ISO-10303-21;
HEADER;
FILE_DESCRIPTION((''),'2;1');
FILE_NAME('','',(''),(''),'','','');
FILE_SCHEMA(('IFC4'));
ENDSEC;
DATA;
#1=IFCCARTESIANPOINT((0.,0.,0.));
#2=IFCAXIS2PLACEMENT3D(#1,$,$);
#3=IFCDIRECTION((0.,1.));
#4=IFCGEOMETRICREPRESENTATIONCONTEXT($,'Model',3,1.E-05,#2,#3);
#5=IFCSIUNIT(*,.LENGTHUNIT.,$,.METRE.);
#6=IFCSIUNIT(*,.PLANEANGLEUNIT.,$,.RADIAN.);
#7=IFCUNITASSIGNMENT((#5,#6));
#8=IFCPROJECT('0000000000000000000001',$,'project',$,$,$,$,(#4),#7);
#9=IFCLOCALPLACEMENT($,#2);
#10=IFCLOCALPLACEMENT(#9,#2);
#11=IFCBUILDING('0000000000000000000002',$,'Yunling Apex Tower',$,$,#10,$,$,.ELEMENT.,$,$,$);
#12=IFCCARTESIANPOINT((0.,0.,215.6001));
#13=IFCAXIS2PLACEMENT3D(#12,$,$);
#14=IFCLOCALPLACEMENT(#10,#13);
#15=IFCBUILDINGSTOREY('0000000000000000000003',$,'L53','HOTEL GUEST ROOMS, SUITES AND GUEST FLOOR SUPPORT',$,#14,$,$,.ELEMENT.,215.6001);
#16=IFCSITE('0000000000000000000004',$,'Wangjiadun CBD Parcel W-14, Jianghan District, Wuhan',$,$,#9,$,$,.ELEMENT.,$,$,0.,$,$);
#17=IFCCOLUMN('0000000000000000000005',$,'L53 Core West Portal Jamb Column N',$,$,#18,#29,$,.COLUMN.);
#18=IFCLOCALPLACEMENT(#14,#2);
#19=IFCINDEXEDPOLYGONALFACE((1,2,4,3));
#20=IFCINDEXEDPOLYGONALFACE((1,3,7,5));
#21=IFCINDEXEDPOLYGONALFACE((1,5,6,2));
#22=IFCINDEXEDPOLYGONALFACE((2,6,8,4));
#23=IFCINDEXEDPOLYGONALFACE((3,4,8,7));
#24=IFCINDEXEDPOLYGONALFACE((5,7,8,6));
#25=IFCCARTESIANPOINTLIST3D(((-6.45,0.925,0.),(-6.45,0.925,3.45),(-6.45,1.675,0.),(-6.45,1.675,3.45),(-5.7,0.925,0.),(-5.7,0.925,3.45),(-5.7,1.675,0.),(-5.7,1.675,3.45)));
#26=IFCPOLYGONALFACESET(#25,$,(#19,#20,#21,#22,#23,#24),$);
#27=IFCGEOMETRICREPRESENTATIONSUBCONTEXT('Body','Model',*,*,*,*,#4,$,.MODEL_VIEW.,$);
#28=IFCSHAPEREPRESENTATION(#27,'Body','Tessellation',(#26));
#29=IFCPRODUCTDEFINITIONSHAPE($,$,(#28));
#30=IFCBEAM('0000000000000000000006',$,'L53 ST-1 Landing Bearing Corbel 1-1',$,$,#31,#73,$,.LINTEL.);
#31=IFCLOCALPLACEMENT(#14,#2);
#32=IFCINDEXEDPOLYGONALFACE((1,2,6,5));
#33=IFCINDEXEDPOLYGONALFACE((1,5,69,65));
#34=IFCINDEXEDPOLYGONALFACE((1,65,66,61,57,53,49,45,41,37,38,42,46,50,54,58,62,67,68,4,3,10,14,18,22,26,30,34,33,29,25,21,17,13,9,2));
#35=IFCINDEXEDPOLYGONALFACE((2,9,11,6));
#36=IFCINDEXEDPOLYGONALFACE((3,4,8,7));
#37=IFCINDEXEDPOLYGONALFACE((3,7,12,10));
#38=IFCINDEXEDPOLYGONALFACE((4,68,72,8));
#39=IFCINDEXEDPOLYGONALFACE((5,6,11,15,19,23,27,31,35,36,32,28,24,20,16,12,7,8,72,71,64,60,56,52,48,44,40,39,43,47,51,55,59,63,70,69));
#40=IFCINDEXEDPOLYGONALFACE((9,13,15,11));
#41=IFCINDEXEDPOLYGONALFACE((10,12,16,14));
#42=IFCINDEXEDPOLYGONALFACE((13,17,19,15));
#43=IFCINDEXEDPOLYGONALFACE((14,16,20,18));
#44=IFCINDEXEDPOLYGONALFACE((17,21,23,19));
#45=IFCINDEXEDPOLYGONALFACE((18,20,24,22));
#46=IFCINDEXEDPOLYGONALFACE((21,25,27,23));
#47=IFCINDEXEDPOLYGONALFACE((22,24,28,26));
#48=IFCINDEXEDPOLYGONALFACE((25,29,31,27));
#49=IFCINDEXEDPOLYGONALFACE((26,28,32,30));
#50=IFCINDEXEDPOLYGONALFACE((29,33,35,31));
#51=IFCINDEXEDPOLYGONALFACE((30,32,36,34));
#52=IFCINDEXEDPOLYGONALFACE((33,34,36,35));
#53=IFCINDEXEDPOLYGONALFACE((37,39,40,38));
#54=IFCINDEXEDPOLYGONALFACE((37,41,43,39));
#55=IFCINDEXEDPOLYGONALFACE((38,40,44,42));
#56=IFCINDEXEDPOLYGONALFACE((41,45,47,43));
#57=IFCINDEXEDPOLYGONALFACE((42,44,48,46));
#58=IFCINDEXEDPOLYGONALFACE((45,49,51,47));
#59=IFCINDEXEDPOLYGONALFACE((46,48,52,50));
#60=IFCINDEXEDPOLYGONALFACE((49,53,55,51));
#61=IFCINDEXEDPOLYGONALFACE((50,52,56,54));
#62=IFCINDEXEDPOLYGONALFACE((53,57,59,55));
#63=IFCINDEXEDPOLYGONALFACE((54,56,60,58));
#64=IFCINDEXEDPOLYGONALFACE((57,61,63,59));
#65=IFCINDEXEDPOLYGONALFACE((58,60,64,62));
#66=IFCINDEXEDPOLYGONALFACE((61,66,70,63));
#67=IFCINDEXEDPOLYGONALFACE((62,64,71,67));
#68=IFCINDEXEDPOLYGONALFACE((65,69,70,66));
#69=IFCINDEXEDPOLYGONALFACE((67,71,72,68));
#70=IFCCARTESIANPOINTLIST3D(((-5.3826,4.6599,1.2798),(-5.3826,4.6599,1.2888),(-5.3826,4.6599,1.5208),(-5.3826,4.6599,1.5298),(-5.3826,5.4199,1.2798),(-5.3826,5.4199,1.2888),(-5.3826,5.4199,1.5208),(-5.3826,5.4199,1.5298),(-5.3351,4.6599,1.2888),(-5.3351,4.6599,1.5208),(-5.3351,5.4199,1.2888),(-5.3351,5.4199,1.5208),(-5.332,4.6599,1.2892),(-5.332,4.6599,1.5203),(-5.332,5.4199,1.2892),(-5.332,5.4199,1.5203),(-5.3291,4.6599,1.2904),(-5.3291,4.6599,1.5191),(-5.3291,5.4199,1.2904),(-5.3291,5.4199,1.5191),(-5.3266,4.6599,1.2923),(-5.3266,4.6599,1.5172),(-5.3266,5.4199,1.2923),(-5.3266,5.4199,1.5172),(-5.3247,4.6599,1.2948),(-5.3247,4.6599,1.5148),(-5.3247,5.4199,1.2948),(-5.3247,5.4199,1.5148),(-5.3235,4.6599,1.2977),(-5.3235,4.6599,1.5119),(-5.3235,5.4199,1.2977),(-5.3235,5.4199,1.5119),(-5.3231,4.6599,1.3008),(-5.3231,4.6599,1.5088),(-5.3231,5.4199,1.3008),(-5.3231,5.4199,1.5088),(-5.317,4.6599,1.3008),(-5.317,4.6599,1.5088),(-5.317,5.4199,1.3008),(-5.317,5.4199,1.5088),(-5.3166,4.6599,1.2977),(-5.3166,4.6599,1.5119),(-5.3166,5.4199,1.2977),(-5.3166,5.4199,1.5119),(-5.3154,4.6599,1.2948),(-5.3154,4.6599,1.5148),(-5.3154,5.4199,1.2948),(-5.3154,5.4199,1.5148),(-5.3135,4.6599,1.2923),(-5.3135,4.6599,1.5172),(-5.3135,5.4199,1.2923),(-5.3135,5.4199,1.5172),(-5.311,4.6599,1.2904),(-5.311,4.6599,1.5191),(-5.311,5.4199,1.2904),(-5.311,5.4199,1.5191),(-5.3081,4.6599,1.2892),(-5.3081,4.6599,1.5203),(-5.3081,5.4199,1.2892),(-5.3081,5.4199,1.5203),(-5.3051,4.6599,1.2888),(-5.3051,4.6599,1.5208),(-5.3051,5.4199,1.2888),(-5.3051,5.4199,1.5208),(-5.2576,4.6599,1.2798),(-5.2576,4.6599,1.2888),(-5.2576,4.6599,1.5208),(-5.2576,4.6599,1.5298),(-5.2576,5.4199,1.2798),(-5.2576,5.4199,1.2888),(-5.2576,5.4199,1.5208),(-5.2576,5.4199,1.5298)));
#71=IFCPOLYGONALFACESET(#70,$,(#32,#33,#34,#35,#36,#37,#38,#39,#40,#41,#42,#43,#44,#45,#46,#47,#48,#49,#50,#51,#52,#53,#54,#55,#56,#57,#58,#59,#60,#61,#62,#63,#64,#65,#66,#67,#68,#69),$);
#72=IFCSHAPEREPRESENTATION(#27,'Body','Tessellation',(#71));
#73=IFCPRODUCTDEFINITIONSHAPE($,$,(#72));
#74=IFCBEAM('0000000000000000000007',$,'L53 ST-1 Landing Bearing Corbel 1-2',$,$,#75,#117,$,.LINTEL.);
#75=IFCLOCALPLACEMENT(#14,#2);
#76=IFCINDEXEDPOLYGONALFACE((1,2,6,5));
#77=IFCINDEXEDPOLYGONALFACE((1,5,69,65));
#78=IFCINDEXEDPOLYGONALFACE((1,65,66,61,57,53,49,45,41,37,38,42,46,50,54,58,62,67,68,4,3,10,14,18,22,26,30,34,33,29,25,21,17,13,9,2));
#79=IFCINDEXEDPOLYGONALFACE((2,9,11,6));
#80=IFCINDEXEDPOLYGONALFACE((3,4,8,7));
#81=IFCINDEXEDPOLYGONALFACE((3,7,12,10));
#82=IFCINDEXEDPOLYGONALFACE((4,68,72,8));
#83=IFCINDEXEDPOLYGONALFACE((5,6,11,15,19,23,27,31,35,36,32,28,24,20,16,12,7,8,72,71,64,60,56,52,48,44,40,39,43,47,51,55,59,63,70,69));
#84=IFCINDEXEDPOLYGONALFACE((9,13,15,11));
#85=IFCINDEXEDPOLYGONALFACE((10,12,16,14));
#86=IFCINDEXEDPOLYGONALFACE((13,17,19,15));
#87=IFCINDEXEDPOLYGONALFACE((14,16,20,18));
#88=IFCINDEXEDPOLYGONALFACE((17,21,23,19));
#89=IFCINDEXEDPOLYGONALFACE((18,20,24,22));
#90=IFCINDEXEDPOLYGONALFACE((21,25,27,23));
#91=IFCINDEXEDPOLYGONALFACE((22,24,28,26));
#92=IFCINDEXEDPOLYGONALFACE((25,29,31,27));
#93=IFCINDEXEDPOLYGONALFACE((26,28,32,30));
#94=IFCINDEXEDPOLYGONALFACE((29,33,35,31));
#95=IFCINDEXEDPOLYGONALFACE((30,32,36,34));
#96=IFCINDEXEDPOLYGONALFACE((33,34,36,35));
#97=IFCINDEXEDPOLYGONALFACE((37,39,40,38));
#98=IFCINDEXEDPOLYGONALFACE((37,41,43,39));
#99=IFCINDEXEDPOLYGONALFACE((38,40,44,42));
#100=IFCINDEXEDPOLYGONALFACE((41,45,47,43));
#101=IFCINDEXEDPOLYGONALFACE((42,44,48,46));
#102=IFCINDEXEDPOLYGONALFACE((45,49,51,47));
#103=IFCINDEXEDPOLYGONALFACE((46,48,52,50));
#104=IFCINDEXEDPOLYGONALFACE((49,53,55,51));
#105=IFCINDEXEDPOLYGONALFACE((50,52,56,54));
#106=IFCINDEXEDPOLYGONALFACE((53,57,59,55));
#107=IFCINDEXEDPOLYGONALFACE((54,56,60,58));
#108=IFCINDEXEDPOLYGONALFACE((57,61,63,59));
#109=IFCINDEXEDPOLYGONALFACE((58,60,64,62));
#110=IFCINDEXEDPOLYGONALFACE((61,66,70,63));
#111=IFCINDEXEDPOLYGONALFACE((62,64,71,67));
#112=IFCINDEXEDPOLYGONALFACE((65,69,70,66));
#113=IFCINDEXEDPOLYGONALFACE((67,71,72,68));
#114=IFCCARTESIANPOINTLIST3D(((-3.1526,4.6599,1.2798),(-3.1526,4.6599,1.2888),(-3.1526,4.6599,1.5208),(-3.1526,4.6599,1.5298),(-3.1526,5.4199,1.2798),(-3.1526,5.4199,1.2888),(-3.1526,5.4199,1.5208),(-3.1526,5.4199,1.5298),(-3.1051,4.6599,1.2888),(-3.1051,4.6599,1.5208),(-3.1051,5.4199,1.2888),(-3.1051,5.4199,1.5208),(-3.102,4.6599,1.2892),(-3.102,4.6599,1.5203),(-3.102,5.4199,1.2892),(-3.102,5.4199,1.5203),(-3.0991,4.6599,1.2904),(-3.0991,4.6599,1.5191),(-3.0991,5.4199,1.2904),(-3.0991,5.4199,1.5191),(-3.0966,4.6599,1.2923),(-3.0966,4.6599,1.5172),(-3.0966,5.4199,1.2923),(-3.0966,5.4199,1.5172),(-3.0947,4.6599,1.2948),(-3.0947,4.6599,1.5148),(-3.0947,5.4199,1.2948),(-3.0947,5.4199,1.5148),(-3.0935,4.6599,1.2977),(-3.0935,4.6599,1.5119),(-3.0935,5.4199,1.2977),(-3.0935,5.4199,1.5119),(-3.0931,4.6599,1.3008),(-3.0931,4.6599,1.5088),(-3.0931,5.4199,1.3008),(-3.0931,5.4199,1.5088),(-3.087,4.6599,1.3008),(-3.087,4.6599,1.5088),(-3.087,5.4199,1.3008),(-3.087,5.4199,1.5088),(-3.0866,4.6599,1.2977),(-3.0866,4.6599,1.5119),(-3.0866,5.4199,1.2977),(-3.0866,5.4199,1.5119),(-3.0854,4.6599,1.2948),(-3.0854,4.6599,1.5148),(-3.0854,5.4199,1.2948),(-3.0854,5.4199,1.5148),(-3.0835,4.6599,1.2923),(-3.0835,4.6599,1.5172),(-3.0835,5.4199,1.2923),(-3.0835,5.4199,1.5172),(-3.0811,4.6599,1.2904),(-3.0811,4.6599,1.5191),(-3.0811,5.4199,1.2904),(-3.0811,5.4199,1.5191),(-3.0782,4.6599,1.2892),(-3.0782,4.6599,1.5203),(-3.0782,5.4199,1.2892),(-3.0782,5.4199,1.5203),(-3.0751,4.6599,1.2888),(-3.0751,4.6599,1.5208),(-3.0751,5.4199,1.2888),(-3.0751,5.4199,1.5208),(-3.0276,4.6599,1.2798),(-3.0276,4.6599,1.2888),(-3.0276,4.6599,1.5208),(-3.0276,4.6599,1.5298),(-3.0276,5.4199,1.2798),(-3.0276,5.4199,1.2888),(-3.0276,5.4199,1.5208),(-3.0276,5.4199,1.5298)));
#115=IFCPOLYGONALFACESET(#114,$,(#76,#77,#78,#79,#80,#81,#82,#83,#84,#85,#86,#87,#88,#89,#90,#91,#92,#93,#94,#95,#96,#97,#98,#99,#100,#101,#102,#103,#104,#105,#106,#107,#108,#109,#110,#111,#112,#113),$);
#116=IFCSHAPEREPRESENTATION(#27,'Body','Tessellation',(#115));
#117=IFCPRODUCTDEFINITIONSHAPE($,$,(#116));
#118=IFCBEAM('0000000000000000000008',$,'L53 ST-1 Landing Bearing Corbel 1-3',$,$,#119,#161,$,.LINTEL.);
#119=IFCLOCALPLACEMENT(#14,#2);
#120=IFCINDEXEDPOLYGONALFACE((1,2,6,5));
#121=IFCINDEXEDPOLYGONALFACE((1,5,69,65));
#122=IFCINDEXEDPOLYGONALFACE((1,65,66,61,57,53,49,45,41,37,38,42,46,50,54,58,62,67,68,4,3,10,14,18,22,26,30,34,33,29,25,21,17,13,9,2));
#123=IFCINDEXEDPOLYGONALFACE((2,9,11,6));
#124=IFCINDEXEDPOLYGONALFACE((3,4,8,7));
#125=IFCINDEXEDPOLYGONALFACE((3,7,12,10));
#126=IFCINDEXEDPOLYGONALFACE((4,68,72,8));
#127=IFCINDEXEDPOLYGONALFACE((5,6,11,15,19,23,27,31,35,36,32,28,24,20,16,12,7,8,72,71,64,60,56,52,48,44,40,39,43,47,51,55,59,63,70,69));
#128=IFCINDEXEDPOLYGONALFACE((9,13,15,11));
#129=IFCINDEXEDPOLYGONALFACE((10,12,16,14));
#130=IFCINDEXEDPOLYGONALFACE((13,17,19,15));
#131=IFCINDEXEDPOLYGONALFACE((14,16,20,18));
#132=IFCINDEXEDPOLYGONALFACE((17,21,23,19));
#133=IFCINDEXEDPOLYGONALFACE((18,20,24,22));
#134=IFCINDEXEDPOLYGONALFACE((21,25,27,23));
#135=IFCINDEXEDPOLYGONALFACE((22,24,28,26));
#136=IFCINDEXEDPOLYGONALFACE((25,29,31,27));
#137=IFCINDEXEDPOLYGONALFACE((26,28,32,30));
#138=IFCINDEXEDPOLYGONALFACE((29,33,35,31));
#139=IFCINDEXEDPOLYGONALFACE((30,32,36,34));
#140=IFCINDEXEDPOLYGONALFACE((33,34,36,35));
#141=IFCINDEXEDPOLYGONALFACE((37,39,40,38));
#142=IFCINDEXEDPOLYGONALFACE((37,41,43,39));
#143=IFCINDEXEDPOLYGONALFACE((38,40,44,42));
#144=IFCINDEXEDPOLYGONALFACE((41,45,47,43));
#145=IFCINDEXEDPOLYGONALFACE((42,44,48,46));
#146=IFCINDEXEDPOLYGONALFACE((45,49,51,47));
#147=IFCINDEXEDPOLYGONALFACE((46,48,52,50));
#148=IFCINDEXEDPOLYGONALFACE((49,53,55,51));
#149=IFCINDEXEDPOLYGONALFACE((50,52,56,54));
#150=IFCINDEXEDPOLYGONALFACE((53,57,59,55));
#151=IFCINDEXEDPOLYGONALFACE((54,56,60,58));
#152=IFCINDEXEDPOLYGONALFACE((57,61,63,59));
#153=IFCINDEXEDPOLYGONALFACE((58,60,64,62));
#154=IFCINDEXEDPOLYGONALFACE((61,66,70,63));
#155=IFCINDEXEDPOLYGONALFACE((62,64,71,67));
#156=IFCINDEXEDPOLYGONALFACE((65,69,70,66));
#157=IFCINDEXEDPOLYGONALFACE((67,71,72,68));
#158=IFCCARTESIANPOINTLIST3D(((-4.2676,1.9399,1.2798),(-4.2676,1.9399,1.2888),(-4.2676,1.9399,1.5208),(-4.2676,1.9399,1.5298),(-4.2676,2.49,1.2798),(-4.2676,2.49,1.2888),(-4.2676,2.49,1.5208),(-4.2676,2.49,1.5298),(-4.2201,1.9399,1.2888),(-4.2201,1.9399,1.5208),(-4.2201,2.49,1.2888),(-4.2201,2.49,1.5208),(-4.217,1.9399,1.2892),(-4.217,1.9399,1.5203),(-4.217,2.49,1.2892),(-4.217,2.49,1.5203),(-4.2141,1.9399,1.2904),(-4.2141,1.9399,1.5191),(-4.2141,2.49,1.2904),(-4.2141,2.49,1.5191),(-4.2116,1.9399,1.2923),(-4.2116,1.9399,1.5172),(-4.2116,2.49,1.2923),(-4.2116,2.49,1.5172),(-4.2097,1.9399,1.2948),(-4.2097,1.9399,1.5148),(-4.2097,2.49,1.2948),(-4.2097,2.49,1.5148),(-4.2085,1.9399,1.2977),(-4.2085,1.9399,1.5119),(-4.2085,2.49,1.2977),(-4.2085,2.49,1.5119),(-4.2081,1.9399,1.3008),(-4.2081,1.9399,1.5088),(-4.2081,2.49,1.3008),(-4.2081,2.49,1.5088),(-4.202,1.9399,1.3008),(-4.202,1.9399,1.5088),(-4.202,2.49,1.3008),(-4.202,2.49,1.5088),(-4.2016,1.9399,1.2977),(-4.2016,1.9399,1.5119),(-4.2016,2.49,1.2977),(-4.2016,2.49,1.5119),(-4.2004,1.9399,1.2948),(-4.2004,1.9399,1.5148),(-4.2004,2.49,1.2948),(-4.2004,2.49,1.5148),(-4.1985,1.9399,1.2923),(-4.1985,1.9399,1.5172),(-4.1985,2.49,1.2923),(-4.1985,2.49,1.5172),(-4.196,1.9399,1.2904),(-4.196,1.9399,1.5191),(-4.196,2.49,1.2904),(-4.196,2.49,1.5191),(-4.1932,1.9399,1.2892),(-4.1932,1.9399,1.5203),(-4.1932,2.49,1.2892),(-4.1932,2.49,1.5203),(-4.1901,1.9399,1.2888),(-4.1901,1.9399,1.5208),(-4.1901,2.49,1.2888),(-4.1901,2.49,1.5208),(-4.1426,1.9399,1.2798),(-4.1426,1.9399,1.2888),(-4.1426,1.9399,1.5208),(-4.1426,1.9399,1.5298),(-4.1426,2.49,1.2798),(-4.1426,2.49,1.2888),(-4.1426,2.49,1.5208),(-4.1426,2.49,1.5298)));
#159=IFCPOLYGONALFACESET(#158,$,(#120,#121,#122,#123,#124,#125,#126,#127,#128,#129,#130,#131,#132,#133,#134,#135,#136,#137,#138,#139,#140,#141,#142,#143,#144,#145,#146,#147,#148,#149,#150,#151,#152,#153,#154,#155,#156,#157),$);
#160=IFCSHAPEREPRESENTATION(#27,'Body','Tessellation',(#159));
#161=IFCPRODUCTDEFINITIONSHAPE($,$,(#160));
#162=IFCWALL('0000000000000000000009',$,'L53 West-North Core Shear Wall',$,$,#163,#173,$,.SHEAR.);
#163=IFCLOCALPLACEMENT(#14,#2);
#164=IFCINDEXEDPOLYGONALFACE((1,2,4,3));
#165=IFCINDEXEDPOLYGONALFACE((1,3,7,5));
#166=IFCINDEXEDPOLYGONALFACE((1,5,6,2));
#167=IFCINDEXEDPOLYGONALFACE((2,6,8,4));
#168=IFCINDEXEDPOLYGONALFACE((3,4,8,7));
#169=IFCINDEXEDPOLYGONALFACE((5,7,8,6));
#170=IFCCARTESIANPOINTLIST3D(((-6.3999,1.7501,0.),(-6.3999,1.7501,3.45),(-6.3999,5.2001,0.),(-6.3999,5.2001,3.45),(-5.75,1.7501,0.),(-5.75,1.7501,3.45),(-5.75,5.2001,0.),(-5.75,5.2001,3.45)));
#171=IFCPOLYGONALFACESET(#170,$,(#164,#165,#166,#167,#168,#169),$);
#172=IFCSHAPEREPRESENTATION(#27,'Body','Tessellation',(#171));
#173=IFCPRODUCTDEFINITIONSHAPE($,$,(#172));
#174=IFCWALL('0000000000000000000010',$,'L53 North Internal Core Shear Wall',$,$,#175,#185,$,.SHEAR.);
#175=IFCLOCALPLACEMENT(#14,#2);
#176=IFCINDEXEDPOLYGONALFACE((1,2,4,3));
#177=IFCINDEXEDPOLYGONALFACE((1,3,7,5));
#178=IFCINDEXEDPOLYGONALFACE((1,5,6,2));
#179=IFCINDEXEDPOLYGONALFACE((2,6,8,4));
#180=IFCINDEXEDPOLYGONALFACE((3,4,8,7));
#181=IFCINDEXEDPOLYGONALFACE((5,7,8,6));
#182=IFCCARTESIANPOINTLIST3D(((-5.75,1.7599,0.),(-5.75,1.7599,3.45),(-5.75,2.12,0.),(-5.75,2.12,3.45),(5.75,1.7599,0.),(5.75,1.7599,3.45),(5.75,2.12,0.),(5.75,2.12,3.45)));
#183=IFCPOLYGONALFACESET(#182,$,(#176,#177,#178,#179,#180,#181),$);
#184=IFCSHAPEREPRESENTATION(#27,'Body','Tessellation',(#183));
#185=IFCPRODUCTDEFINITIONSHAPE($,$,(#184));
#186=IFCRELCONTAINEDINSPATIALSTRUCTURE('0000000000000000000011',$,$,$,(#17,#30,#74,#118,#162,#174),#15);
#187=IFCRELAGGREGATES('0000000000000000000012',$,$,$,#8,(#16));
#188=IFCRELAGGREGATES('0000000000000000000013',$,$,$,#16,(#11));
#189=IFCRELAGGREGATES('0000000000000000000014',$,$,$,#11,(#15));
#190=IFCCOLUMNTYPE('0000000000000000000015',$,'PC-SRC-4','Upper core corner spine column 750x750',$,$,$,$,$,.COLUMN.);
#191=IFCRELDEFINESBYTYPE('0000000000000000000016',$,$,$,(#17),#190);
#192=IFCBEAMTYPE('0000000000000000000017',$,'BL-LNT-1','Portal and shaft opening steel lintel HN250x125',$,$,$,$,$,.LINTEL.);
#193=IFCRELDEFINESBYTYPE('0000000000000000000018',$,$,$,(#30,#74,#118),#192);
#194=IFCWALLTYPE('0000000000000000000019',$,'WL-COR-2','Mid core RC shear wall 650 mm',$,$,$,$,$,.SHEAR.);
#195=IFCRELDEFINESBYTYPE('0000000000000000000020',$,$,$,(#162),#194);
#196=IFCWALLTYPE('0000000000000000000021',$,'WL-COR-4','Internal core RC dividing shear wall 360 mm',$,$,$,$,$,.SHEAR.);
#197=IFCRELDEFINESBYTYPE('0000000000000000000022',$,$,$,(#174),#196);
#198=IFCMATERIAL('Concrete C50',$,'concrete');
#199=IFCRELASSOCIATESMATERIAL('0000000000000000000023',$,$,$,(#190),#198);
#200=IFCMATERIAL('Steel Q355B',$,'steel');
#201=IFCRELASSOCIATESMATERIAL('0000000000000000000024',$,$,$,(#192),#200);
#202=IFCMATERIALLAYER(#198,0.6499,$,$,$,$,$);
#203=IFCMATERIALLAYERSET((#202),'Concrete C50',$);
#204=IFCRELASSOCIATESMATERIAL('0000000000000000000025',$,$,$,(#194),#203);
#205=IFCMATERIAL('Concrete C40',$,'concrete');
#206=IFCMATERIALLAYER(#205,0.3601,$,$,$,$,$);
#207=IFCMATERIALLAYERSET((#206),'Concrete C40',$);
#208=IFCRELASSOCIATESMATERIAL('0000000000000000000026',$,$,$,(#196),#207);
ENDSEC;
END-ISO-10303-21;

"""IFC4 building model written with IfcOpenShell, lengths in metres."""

from ifc_helpers import new_model, si_unit, direction, frame, frame_2d, origin, origin_2d, place, context, subcontext, project, spatial, rectangle, i_section, extrude, source, transform, mapped, material, layer, layer_set, material_profile, profile_set, type_object, element, save


model = new_model("IFC4")

# Units and contexts
model_context = context("Model", 3, precision=1e-05, world=origin(), true_north=direction((0.0, 1.0)))
body_context = subcontext(model_context, "Body", "Model", "MODEL_VIEW")
ifc_project = project(units=[si_unit("LENGTHUNIT", "METRE"), si_unit("PLANEANGLEUNIT", "RADIAN")], contexts=[model_context])

# Site, building, storey
site_placement = place(None, origin())
site = spatial("IfcSite", under=ifc_project, at=site_placement, Name="Wangjiadun CBD Parcel W-14, Jianghan District, Wuhan", CompositionType="ELEMENT", RefElevation=0.0)
building_placement = place(site_placement, origin())
building = spatial("IfcBuilding", under=site, at=building_placement, Name="Yunling Apex Tower", CompositionType="ELEMENT")
storey_placement = place(building_placement, frame((0.0, 0.0, 215.6001)))
storey = spatial("IfcBuildingStorey", under=building, at=storey_placement, Name="L53", Description="HOTEL GUEST ROOMS, SUITES AND GUEST FLOOR SUPPORT", CompositionType="ELEMENT", Elevation=215.6001)

# Column
ifc_material_1 = material(Name="Concrete C50", Category="concrete")
ifc_material_profile_1 = material_profile(ifc_material_1, rectangle(XDim=0.75, YDim=0.75, at=origin_2d()))
ifc_profile_set_1 = profile_set([ifc_material_profile_1], Name="Concrete C50")
column_type = type_object("IfcColumnType", Name="PC-SRC-4", Description="Upper core corner spine column 750x750", PredefinedType="COLUMN", material=ifc_profile_set_1)
shared_shape_1 = source(origin(), body_context, "Body", "SweptSolid", [
    extrude(rectangle(XDim=0.75, YDim=0.75, at=origin_2d()), origin(), (0.0, 0.0, 1.0), 3.45),
])
column_placement = place(storey_placement, frame((-6.075, 1.3, 0.0), z_axis=(0.0, 0.0, 1.0), x_axis=(1.0, 0.0, 0.0)))
element("IfcColumn", 1, at=column_placement, inside=storey, type_object=column_type, Name="L53 Core West Portal Jamb Column N", PredefinedType="COLUMN", context=body_context, shape_type="MappedRepresentation", body=[
    mapped(shared_shape_1, transform((0.0, 0.0, 0.0), scale=1.0)),
])

# Beams
ifc_material_2 = material(Name="Steel Q355B", Category="steel")
ifc_material_profile_2 = material_profile(ifc_material_2, i_section(OverallWidth=0.125, OverallDepth=0.25, WebThickness=0.0061, FlangeThickness=0.009, FilletRadius=0.012, at=origin_2d()))
ifc_profile_set_2 = profile_set([ifc_material_profile_2], Name="Steel Q355B")
beam_type = type_object("IfcBeamType", Name="BL-LNT-1", Description="Portal and shaft opening steel lintel HN250x125", PredefinedType="LINTEL", material=ifc_profile_set_2)
shared_shape_2 = source(origin(), body_context, "Body", "SweptSolid", [
    extrude(i_section(OverallWidth=0.125, OverallDepth=0.25, WebThickness=0.0061, FlangeThickness=0.009, FilletRadius=0.012, at=origin_2d()), origin(), (0.0, 0.0, 1.0), 0.76),
])
for number, where, z_axis, x_axis, name in (
    (2, (-5.3201, 5.4199, 1.4048), (0.0, -1.0, 0.0), (1.0, 0.0, 0.0), "L53 ST-1 Landing Bearing Corbel 1-1"),
    (3, (-3.0901, 5.4199, 1.4048), (0.0, -1.0, 0.0), (1.0, 0.0, 0.0), "L53 ST-1 Landing Bearing Corbel 1-2"),
):
    element("IfcBeam", number, at=place(storey_placement, frame(where, z_axis=z_axis, x_axis=x_axis)), inside=storey, type_object=beam_type, Name=name, PredefinedType="LINTEL", context=body_context, shape_type="MappedRepresentation", body=[
        mapped(shared_shape_2, transform((0.0, 0.0, 0.0), scale=1.0)),
    ])
shared_shape_3 = source(origin(), body_context, "Body", "SweptSolid", [
    extrude(i_section(OverallWidth=0.125, OverallDepth=0.25, WebThickness=0.0061, FlangeThickness=0.009, FilletRadius=0.012, at=origin_2d()), origin(), (0.0, 0.0, 1.0), 0.55),
])
beam_placement = place(storey_placement, frame((-4.2051, 1.9399, 1.4048), z_axis=(0.0, 1.0, 0.0), x_axis=(-1.0, 0.0, 0.0)))
element("IfcBeam", 4, at=beam_placement, inside=storey, type_object=beam_type, Name="L53 ST-1 Landing Bearing Corbel 1-3", PredefinedType="LINTEL", context=body_context, shape_type="MappedRepresentation", body=[
    mapped(shared_shape_3, transform((0.0, 0.0, 0.0), scale=1.0)),
])

# Walls
ifc_layer_1 = layer(ifc_material_1, 0.6499)
ifc_layer_set_1 = layer_set([ifc_layer_1], Name="Concrete C50")
wall_type_1 = type_object("IfcWallType", Name="WL-COR-2", Description="Mid core RC shear wall 650 mm", PredefinedType="SHEAR", material=ifc_layer_set_1)
wall_1_placement = place(storey_placement, frame((-6.075, 1.75, 0.0), z_axis=(0.0, 0.0, 1.0), x_axis=(0.0, 1.0, 0.0)))
element("IfcWall", 5, at=wall_1_placement, inside=storey, type_object=wall_type_1, Name="L53 West-North Core Shear Wall", PredefinedType="SHEAR", context=body_context, shape_type="SweptSolid", body=[
    extrude(rectangle(XDim=3.45, YDim=0.6499, at=frame_2d((1.7251, 0.0))), origin(), (0.0, 0.0, 1.0), 3.45),
])
ifc_material_3 = material(Name="Concrete C40", Category="concrete")
ifc_layer_2 = layer(ifc_material_3, 0.3601)
ifc_layer_set_2 = layer_set([ifc_layer_2], Name="Concrete C40")
wall_type_2 = type_object("IfcWallType", Name="WL-COR-4", Description="Internal core RC dividing shear wall 360 mm", PredefinedType="SHEAR", material=ifc_layer_set_2)
wall_2_placement = place(storey_placement, frame((-5.75, 1.9399, 0.0), z_axis=(0.0, 0.0, 1.0), x_axis=(1.0, 0.0, 0.0)))
element("IfcWall", 6, at=wall_2_placement, inside=storey, type_object=wall_type_2, Name="L53 North Internal Core Shear Wall", PredefinedType="SHEAR", context=body_context, shape_type="SweptSolid", body=[
    extrude(rectangle(XDim=11.5, YDim=0.3601, at=frame_2d((5.75, 0.0))), origin(), (0.0, 0.0, 1.0), 3.45),
])

save(model, "model.ifc")
